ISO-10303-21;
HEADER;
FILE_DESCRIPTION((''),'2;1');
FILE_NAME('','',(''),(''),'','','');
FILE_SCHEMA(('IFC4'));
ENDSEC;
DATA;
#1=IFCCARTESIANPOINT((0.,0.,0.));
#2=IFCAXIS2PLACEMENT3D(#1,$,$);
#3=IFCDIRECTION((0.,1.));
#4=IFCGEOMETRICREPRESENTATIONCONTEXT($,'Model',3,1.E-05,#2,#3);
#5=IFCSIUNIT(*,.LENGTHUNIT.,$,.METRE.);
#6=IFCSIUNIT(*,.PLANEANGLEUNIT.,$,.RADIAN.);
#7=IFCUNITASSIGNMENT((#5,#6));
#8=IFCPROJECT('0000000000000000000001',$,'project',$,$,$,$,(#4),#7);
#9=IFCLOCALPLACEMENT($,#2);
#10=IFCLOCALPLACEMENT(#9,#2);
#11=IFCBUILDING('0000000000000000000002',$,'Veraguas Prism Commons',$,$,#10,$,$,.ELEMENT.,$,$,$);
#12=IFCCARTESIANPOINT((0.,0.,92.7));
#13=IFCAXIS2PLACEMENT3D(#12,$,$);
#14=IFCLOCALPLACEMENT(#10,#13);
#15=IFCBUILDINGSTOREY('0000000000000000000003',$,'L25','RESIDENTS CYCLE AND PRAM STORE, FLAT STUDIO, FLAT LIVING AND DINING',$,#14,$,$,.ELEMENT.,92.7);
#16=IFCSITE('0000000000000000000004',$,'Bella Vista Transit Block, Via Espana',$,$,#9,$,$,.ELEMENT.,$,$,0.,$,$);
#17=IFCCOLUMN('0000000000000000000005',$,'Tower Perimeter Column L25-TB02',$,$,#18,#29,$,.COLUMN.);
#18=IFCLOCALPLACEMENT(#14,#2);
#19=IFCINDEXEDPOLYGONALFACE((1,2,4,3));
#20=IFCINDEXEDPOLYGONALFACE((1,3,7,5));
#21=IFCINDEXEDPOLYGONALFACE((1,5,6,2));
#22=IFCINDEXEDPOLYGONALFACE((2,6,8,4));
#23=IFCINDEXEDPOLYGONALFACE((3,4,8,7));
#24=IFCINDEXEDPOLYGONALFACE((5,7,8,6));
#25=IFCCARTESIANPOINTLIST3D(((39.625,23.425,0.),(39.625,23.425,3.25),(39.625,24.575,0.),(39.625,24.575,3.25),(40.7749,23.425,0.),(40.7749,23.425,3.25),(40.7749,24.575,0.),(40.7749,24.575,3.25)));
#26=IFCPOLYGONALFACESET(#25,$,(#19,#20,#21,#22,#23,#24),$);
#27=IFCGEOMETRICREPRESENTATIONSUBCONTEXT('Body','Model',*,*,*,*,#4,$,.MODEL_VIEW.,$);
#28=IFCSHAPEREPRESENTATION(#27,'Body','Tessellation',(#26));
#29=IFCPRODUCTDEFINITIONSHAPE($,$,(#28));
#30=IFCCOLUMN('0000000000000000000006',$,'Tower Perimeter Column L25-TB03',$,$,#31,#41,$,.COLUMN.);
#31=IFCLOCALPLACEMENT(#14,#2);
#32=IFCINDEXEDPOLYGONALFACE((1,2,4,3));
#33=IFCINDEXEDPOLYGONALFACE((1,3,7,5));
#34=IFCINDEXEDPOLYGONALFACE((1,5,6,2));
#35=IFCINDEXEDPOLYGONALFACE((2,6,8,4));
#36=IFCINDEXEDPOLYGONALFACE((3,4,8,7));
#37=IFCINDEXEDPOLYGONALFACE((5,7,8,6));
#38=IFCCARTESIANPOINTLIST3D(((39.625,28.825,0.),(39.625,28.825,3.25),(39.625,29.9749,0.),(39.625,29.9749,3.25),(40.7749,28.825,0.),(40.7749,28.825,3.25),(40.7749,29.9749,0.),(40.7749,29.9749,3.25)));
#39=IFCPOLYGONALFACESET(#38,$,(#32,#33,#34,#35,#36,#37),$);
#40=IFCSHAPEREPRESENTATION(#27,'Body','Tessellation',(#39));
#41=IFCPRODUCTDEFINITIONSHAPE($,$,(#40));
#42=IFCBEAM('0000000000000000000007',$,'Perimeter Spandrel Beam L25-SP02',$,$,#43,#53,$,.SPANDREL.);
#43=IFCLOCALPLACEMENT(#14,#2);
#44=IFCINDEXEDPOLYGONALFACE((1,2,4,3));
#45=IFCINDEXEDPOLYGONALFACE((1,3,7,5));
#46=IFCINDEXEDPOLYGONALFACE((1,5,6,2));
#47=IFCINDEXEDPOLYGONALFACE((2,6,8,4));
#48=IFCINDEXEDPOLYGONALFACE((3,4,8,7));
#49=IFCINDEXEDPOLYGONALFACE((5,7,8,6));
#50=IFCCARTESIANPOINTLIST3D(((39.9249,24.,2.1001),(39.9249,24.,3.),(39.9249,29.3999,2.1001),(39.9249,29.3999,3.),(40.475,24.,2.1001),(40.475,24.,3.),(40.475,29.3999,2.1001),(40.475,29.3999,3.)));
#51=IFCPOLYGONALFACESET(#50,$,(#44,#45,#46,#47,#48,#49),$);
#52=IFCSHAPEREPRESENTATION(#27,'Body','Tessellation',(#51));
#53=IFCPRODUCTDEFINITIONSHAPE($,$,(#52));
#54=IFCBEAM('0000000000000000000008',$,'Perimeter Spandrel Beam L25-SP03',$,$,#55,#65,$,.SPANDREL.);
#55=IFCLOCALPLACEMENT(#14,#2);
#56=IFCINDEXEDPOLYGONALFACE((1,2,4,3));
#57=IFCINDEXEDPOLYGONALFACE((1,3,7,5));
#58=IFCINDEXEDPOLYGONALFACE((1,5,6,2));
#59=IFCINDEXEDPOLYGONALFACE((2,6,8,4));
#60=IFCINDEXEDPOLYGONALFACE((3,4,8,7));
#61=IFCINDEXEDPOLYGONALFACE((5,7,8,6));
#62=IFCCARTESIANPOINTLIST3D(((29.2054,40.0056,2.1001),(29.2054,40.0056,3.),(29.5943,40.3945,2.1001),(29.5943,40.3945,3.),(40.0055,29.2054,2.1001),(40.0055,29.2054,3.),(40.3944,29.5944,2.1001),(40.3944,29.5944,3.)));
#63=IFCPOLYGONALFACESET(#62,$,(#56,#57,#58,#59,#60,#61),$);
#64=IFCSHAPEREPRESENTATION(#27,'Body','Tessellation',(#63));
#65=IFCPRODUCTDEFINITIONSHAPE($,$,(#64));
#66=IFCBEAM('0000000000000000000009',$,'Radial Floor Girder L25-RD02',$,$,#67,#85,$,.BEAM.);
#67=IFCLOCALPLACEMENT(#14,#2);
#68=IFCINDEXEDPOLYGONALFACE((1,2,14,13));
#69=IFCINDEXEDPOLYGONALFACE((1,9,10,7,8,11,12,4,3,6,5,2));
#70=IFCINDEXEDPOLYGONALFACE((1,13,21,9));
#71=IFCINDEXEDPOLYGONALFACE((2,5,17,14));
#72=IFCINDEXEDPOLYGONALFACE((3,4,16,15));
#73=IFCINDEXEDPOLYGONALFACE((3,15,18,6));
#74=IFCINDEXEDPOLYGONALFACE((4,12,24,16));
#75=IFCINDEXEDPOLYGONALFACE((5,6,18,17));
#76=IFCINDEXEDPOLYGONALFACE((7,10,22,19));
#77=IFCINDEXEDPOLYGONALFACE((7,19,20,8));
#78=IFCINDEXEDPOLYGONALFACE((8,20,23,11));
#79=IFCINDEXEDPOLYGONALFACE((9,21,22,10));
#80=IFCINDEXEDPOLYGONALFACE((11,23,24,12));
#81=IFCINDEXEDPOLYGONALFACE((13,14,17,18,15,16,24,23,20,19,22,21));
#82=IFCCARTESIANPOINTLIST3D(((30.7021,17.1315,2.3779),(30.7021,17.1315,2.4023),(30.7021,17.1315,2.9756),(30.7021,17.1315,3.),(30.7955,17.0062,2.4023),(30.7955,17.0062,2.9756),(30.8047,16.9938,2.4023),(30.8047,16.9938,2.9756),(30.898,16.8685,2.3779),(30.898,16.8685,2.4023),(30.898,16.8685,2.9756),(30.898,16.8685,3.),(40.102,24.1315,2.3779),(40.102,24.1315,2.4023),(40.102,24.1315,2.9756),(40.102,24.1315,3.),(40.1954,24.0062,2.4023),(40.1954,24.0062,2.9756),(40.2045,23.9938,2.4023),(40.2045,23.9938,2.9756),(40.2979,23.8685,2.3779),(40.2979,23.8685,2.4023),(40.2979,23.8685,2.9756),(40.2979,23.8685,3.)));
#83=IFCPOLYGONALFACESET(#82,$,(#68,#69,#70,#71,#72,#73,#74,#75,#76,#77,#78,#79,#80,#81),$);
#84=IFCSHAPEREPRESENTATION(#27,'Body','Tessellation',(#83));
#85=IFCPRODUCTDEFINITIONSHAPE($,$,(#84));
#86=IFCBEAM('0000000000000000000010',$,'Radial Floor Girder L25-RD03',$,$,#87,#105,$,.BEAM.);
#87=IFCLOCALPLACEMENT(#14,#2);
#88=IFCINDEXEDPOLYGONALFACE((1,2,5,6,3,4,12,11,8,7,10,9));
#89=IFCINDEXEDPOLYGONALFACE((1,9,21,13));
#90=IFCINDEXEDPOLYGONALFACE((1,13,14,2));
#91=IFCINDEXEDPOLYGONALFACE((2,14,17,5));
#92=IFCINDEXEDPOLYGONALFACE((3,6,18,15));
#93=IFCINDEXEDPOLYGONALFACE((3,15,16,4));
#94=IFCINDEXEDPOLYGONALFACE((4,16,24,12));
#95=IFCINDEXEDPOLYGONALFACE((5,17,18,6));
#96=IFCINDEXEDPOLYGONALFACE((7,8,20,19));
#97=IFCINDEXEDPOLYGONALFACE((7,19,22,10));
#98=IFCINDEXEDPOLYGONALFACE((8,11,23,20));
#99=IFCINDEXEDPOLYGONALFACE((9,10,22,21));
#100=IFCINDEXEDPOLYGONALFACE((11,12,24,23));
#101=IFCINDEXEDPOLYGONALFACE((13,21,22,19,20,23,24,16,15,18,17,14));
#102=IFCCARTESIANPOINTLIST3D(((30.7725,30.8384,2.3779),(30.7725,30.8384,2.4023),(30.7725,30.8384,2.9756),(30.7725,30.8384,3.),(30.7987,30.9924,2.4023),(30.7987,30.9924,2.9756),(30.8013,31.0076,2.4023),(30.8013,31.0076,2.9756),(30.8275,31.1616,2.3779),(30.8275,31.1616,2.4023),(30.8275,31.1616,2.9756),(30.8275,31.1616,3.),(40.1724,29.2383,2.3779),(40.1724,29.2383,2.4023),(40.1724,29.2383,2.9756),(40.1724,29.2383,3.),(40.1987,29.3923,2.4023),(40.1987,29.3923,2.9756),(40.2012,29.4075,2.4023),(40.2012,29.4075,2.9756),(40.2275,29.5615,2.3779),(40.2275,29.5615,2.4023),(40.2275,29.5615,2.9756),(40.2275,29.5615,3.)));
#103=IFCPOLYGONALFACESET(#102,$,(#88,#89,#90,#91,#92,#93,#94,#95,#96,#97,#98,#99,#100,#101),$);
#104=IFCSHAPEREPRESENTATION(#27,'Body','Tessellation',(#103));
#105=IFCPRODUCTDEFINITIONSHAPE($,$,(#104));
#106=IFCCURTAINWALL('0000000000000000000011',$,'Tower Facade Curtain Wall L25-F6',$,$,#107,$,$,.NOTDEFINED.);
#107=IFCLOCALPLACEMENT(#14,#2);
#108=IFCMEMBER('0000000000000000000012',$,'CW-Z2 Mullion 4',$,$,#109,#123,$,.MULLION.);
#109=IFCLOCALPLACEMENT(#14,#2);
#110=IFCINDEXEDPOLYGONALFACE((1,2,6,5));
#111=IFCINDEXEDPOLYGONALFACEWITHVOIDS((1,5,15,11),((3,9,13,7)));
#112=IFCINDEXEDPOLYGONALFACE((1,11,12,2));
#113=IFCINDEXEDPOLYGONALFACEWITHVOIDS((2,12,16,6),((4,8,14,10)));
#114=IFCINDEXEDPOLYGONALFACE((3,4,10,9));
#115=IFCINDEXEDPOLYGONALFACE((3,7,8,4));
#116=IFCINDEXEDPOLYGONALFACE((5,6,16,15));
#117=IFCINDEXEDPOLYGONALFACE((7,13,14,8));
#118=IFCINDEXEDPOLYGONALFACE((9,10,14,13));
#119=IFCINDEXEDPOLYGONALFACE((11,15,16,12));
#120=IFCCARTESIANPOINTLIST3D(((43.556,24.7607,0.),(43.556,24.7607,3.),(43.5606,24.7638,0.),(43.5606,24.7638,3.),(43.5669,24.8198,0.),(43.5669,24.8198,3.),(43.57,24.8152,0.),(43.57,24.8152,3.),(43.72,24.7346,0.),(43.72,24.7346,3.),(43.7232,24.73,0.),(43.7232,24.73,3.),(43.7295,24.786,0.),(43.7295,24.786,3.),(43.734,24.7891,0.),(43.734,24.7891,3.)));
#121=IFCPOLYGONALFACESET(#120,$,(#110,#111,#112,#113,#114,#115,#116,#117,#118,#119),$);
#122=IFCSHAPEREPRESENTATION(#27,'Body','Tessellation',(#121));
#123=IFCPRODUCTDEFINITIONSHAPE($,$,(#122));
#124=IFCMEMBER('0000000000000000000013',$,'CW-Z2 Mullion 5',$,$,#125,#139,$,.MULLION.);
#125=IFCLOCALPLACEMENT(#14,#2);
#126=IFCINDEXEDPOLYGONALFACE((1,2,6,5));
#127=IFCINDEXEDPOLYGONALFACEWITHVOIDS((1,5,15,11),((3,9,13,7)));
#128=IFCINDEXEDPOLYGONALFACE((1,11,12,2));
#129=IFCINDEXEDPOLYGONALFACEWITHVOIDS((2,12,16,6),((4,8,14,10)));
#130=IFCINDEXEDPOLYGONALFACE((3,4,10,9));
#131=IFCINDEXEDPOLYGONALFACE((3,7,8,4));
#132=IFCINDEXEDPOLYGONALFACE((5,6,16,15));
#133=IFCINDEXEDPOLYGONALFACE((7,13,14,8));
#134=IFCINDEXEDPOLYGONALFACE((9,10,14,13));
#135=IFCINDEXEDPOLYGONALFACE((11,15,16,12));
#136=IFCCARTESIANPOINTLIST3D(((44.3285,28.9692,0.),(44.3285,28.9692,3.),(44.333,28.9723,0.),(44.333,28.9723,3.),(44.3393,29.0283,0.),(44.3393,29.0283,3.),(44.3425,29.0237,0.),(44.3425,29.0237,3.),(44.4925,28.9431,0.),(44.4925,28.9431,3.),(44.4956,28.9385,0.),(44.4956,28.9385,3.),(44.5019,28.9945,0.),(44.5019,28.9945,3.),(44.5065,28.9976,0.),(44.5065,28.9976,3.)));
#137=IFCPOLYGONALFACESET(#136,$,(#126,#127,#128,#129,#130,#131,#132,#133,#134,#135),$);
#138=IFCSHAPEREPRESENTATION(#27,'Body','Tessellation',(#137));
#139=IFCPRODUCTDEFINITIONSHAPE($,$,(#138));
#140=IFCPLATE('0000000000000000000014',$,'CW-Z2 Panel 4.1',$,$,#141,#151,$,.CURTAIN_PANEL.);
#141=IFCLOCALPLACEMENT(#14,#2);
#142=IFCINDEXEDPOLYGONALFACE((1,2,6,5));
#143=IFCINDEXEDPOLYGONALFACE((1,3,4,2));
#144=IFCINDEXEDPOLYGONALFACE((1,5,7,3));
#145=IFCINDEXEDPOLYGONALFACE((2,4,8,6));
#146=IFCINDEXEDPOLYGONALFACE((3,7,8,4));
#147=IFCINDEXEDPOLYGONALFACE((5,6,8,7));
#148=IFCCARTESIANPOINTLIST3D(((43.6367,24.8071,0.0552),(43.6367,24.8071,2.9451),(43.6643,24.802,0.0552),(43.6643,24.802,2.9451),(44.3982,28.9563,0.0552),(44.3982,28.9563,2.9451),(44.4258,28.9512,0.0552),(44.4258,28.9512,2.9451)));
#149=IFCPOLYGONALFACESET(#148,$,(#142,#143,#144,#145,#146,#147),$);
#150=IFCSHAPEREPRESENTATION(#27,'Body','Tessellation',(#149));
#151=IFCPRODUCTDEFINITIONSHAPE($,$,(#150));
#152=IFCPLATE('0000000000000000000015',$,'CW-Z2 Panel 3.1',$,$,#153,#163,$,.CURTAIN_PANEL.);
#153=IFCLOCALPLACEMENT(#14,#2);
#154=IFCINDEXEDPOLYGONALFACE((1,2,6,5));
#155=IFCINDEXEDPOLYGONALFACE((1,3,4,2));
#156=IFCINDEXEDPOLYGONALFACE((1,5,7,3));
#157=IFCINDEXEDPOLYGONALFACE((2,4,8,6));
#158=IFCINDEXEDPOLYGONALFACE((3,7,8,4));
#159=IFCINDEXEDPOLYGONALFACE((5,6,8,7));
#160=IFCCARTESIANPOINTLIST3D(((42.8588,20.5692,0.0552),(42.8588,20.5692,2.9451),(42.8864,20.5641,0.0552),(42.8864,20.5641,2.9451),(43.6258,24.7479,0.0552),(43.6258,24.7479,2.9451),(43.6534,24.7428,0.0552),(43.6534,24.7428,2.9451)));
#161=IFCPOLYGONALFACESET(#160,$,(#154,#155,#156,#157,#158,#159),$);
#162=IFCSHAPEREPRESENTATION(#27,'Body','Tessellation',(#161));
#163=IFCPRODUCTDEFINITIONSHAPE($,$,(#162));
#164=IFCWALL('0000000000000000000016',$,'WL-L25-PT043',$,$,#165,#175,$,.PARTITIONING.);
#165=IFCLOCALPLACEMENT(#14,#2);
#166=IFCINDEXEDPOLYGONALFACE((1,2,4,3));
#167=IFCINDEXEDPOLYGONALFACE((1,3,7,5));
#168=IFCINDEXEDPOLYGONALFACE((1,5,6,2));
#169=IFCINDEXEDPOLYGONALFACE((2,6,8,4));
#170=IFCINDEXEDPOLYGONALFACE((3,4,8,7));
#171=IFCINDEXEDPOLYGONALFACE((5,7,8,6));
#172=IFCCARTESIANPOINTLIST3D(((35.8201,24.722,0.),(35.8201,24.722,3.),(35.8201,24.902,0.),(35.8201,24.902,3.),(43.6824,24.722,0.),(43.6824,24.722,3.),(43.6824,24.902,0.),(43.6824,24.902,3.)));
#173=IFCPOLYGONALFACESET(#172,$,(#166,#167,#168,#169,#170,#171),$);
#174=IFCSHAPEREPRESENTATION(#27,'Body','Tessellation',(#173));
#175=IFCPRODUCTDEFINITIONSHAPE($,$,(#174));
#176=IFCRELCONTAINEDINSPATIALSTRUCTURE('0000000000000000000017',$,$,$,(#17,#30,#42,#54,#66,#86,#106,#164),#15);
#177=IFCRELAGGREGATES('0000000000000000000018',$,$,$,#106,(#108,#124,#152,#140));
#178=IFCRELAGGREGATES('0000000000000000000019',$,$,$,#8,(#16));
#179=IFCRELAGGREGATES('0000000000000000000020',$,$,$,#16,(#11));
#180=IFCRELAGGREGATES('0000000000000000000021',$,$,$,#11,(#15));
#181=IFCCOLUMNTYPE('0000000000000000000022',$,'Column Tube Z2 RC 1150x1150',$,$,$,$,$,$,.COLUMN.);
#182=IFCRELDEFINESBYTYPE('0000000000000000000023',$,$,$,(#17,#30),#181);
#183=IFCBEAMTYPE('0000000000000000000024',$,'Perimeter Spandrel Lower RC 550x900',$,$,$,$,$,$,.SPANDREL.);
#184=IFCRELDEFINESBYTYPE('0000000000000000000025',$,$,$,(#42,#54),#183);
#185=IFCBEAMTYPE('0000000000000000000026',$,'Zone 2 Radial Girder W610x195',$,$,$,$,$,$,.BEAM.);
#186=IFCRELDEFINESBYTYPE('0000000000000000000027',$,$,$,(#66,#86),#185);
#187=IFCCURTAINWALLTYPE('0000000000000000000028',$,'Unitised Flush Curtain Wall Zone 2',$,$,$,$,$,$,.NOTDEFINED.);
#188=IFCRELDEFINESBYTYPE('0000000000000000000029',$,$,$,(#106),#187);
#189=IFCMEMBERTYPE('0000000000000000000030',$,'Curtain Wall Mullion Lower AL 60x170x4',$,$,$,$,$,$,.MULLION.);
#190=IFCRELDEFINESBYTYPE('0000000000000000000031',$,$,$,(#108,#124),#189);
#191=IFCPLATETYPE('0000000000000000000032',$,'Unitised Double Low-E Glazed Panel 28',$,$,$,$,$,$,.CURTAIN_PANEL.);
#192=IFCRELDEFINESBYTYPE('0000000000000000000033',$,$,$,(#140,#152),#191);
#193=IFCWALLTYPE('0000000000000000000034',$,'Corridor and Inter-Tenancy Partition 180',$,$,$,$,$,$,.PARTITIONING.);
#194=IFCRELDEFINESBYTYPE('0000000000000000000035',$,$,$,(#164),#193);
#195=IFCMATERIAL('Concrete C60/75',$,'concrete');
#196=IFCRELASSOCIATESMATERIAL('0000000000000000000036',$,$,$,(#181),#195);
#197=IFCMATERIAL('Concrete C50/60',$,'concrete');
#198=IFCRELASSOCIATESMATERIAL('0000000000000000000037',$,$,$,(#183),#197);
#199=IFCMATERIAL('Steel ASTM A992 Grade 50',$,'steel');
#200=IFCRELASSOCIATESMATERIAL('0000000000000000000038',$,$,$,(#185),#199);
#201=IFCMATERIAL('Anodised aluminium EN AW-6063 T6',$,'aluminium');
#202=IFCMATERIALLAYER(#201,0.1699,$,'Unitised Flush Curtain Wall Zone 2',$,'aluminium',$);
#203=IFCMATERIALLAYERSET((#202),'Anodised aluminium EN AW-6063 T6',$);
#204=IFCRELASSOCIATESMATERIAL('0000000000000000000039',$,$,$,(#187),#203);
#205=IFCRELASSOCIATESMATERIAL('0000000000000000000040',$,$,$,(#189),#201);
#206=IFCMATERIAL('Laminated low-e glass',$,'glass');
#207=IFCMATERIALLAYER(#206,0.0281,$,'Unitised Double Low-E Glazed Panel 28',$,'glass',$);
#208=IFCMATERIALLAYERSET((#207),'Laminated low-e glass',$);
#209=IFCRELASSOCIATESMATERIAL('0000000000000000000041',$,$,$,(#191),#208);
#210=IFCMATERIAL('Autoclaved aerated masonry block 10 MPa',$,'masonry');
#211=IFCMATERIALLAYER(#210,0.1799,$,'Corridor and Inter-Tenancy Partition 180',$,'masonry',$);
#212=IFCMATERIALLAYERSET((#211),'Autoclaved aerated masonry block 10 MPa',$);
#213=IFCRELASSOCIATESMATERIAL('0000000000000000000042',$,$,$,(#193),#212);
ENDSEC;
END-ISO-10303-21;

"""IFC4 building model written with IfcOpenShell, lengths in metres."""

from ifc_helpers import new_model, si_unit, direction, frame, frame_2d, origin, origin_2d, place, context, subcontext, project, spatial, rectangle, hollow_rectangle, i_section, extrude, source, transform, mapped, material, layer, layer_set, material_profile, profile_set, type_object, element, aggregate, save


model = new_model("IFC4")

# Units and contexts
model_context = context("Model", 3, precision=1e-05, world=origin(), true_north=direction((0.0, 1.0)))
body_context = subcontext(model_context, "Body", "Model", "MODEL_VIEW")
ifc_project = project(units=[si_unit("LENGTHUNIT", "METRE"), si_unit("PLANEANGLEUNIT", "RADIAN")], contexts=[model_context])

# Site, building, storey
site_placement = place(None, origin())
site = spatial("IfcSite", under=ifc_project, at=site_placement, Name="Bella Vista Transit Block, Via Espana", CompositionType="ELEMENT", RefElevation=0.0)
building_placement = place(site_placement, origin())
building = spatial("IfcBuilding", under=site, at=building_placement, Name="Veraguas Prism Commons", CompositionType="ELEMENT")
storey_placement = place(building_placement, frame((0.0, 0.0, 92.7)))
storey = spatial("IfcBuildingStorey", under=building, at=storey_placement, Name="L25", Description="RESIDENTS CYCLE AND PRAM STORE, FLAT STUDIO, FLAT LIVING AND DINING", CompositionType="ELEMENT", Elevation=92.7)

# Columns
ifc_material_1 = material(Name="Concrete C60/75", Category="concrete")
ifc_material_profile_1 = material_profile(ifc_material_1, rectangle(XDim=1.1499, YDim=1.1499, at=origin_2d()), Name="RC1150X1150")
ifc_profile_set_1 = profile_set([ifc_material_profile_1], Name="Concrete C60/75")
column_type = type_object("IfcColumnType", Name="Column Tube Z2 RC 1150x1150", PredefinedType="COLUMN", material=ifc_profile_set_1)
for number, where, z_axis, x_axis, name in (
    (1, (40.2, 24.0, 0.0), (0.0, 0.0, 1.0), (1.0, 0.0, 0.0), "Tower Perimeter Column L25-TB02"),
    (2, (40.2, 29.3999, 0.0), (0.0, 0.0, 1.0), (1.0, 0.0, 0.0), "Tower Perimeter Column L25-TB03"),
):
    element("IfcColumn", number, at=place(storey_placement, frame(where, z_axis=z_axis, x_axis=x_axis)), inside=storey, type_object=column_type, Name=name, PredefinedType="COLUMN", context=body_context, shape_type="SweptSolid", body=[
        extrude(rectangle(XDim=1.1499, YDim=1.1499, at=origin_2d()), origin(), (0.0, 0.0, 1.0), 3.25),
    ])

# Beams
ifc_material_2 = material(Name="Concrete C50/60", Category="concrete")
ifc_material_profile_2 = material_profile(ifc_material_2, rectangle(XDim=0.55, YDim=0.8999, at=origin_2d()), Name="RC550X900")
ifc_profile_set_2 = profile_set([ifc_material_profile_2], Name="Concrete C50/60")
beam_type_1 = type_object("IfcBeamType", Name="Perimeter Spandrel Lower RC 550x900", PredefinedType="SPANDREL", material=ifc_profile_set_2)
beam_1_placement = place(storey_placement, frame((40.2, 24.0, 2.55), z_axis=(0.0, 1.0, 0.0), x_axis=(-1.0, 0.0, 0.0)))
element("IfcBeam", 3, at=beam_1_placement, inside=storey, type_object=beam_type_1, Name="Perimeter Spandrel Beam L25-SP02", PredefinedType="SPANDREL", context=body_context, shape_type="SweptSolid", body=[
    extrude(rectangle(XDim=0.55, YDim=0.8999, at=origin_2d()), origin(), (0.0, 0.0, 1.0), 5.3999),
])
beam_2_placement = place(storey_placement, frame((40.2, 29.3999, 2.55), z_axis=(-0.707107, 0.707107, 0.0), x_axis=(-0.707107, -0.707107, 0.0)))
element("IfcBeam", 4, at=beam_2_placement, inside=storey, type_object=beam_type_1, Name="Perimeter Spandrel Beam L25-SP03", PredefinedType="SPANDREL", context=body_context, shape_type="SweptSolid", body=[
    extrude(rectangle(XDim=0.55, YDim=0.8999, at=origin_2d()), origin(), (0.0, 0.0, 1.0), 15.2737),
])
ifc_material_3 = material(Name="Steel ASTM A992 Grade 50", Category="steel")
ifc_material_profile_3 = material_profile(ifc_material_3, i_section(OverallWidth=0.3279, OverallDepth=0.6221, WebThickness=0.0154, FlangeThickness=0.0244, at=origin_2d()), Name="W610X195")
ifc_profile_set_3 = profile_set([ifc_material_profile_3], Name="Steel ASTM A992 Grade 50")
beam_type_2 = type_object("IfcBeamType", Name="Zone 2 Radial Girder W610x195", PredefinedType="BEAM", material=ifc_profile_set_3)
beam_3_placement = place(storey_placement, frame((40.2, 24.0, 2.689), z_axis=(-0.80204, -0.59727, 0.0), x_axis=(0.59727, -0.80204, 0.0)))
element("IfcBeam", 5, at=beam_3_placement, inside=storey, type_object=beam_type_2, Name="Radial Floor Girder L25-RD02", PredefinedType="BEAM", context=body_context, shape_type="SweptSolid", body=[
    extrude(i_section(OverallWidth=0.3279, OverallDepth=0.6221, WebThickness=0.0154, FlangeThickness=0.0244, at=origin_2d()), origin(), (0.0, 0.0, 1.0), 11.72),
])
beam_4_placement = place(storey_placement, frame((40.2, 29.3999, 2.689), z_axis=(-0.985819, 0.167811, 0.0), x_axis=(-0.167811, -0.985819, 0.0)))
element("IfcBeam", 6, at=beam_4_placement, inside=storey, type_object=beam_type_2, Name="Radial Floor Girder L25-RD03", PredefinedType="BEAM", context=body_context, shape_type="SweptSolid", body=[
    extrude(i_section(OverallWidth=0.3279, OverallDepth=0.6221, WebThickness=0.0154, FlangeThickness=0.0244, at=origin_2d()), origin(), (0.0, 0.0, 1.0), 9.5352),
])

# Curtain wall, members, plates
ifc_material_4 = material(Name="Anodised aluminium EN AW-6063 T6", Category="aluminium")
ifc_layer_1 = layer(ifc_material_4, 0.1699, Name="Unitised Flush Curtain Wall Zone 2", Category="aluminium")
ifc_layer_set_1 = layer_set([ifc_layer_1], Name="Anodised aluminium EN AW-6063 T6")
curtain_wall_type = type_object("IfcCurtainWallType", Name="Unitised Flush Curtain Wall Zone 2", PredefinedType="NOTDEFINED", material=ifc_layer_set_1)
curtain_wall_placement = place(storey_placement, origin())
curtain_wall = element("IfcCurtainWall", 7, at=curtain_wall_placement, inside=storey, type_object=curtain_wall_type, Name="Tower Facade Curtain Wall L25-F6", PredefinedType="NOTDEFINED")
ifc_material_profile_4 = material_profile(ifc_material_4, hollow_rectangle(XDim=0.0601, YDim=0.1699, WallThickness=0.0039, at=origin_2d()), Name="AL60X170X4")
ifc_profile_set_4 = profile_set([ifc_material_profile_4], Name="Anodised aluminium EN AW-6063 T6")
member_type = type_object("IfcMemberType", Name="Curtain Wall Mullion Lower AL 60x170x4", PredefinedType="MULLION", material=ifc_profile_set_4)
shared_shape_1 = source(origin(), body_context, "Body", "SweptSolid", [
    extrude(hollow_rectangle(XDim=0.0601, YDim=0.1699, WallThickness=0.0039, at=origin_2d()), origin(), (0.0, 0.0, 1.0), 3.0),
])
member_1_placement = place(storey_placement, frame((43.645, 24.7749, 0.0), z_axis=(0.0, 0.0, 1.0), x_axis=(0.180523, 0.983571, 0.0)))
member_1 = element("IfcMember", 8, at=member_1_placement, type_object=member_type, Name="CW-Z2 Mullion 4", PredefinedType="MULLION", context=body_context, shape_type="MappedRepresentation", body=[
    mapped(shared_shape_1, transform((0.0, 0.0, 0.0), scale=1.0)),
])
member_2_placement = place(storey_placement, frame((44.4175, 28.9834, 0.0), z_axis=(0.0, 0.0, 1.0), x_axis=(0.180523, 0.983571, 0.0)))
member_2 = element("IfcMember", 9, at=member_2_placement, type_object=member_type, Name="CW-Z2 Mullion 5", PredefinedType="MULLION", context=body_context, shape_type="MappedRepresentation", body=[
    mapped(shared_shape_1, transform((0.0, 0.0, 0.0), scale=1.0)),
])
ifc_material_5 = material(Name="Laminated low-e glass", Category="glass")
ifc_layer_2 = layer(ifc_material_5, 0.0281, Name="Unitised Double Low-E Glazed Panel 28", Category="glass")
ifc_layer_set_2 = layer_set([ifc_layer_2], Name="Laminated low-e glass")
plate_type = type_object("IfcPlateType", Name="Unitised Double Low-E Glazed Panel 28", PredefinedType="CURTAIN_PANEL", material=ifc_layer_set_2)
shared_shape_2 = source(origin(), body_context, "Body", "SweptSolid", [
    extrude(rectangle(XDim=4.2185, YDim=0.0281, at=origin_2d()), origin(), (0.0, 0.0, 1.0), 2.8899),
])
plate_1_placement = place(storey_placement, frame((44.0312, 26.8792, 0.0552), z_axis=(0.0, 0.0, 1.0), x_axis=(0.180523, 0.983571, 0.0)))
plate_1 = element("IfcPlate", 10, at=plate_1_placement, type_object=plate_type, Name="CW-Z2 Panel 4.1", PredefinedType="CURTAIN_PANEL", context=body_context, shape_type="MappedRepresentation", body=[
    mapped(shared_shape_2, transform((0.0, 0.0, 0.0), scale=1.0)),
])
shared_shape_3 = source(origin(), body_context, "Body", "SweptSolid", [
    extrude(rectangle(XDim=4.2485, YDim=0.0281, at=origin_2d()), origin(), (0.0, 0.0, 1.0), 2.8899),
])
plate_2_placement = place(storey_placement, frame((43.2561, 22.656, 0.0552), z_axis=(0.0, 0.0, 1.0), x_axis=(0.180523, 0.983571, 0.0)))
plate_2 = element("IfcPlate", 11, at=plate_2_placement, type_object=plate_type, Name="CW-Z2 Panel 3.1", PredefinedType="CURTAIN_PANEL", context=body_context, shape_type="MappedRepresentation", body=[
    mapped(shared_shape_3, transform((0.0, 0.0, 0.0), scale=1.0)),
])
aggregate(curtain_wall, [member_1, member_2, plate_2, plate_1])

# Wall
ifc_material_6 = material(Name="Autoclaved aerated masonry block 10 MPa", Category="masonry")
ifc_layer_3 = layer(ifc_material_6, 0.1799, Name="Corridor and Inter-Tenancy Partition 180", Category="masonry")
ifc_layer_set_3 = layer_set([ifc_layer_3], Name="Autoclaved aerated masonry block 10 MPa")
wall_type_1 = type_object("IfcWallType", Name="Corridor and Inter-Tenancy Partition 180", PredefinedType="PARTITIONING", material=ifc_layer_set_3)
wall_1_placement = place(storey_placement, frame((35.8201, 24.812, 0.0), z_axis=(0.0, 0.0, 1.0), x_axis=(1.0, 0.0, 0.0)))
element("IfcWall", 12, at=wall_1_placement, inside=storey, type_object=wall_type_1, Name="WL-L25-PT043", PredefinedType="PARTITIONING", context=body_context, shape_type="SweptSolid", body=[
    extrude(rectangle(XDim=7.8623, YDim=0.1799, at=frame_2d((3.9312, 0.0))), origin(), (0.0, 0.0, 1.0), 3.0),
])

save(model, "model.ifc")
